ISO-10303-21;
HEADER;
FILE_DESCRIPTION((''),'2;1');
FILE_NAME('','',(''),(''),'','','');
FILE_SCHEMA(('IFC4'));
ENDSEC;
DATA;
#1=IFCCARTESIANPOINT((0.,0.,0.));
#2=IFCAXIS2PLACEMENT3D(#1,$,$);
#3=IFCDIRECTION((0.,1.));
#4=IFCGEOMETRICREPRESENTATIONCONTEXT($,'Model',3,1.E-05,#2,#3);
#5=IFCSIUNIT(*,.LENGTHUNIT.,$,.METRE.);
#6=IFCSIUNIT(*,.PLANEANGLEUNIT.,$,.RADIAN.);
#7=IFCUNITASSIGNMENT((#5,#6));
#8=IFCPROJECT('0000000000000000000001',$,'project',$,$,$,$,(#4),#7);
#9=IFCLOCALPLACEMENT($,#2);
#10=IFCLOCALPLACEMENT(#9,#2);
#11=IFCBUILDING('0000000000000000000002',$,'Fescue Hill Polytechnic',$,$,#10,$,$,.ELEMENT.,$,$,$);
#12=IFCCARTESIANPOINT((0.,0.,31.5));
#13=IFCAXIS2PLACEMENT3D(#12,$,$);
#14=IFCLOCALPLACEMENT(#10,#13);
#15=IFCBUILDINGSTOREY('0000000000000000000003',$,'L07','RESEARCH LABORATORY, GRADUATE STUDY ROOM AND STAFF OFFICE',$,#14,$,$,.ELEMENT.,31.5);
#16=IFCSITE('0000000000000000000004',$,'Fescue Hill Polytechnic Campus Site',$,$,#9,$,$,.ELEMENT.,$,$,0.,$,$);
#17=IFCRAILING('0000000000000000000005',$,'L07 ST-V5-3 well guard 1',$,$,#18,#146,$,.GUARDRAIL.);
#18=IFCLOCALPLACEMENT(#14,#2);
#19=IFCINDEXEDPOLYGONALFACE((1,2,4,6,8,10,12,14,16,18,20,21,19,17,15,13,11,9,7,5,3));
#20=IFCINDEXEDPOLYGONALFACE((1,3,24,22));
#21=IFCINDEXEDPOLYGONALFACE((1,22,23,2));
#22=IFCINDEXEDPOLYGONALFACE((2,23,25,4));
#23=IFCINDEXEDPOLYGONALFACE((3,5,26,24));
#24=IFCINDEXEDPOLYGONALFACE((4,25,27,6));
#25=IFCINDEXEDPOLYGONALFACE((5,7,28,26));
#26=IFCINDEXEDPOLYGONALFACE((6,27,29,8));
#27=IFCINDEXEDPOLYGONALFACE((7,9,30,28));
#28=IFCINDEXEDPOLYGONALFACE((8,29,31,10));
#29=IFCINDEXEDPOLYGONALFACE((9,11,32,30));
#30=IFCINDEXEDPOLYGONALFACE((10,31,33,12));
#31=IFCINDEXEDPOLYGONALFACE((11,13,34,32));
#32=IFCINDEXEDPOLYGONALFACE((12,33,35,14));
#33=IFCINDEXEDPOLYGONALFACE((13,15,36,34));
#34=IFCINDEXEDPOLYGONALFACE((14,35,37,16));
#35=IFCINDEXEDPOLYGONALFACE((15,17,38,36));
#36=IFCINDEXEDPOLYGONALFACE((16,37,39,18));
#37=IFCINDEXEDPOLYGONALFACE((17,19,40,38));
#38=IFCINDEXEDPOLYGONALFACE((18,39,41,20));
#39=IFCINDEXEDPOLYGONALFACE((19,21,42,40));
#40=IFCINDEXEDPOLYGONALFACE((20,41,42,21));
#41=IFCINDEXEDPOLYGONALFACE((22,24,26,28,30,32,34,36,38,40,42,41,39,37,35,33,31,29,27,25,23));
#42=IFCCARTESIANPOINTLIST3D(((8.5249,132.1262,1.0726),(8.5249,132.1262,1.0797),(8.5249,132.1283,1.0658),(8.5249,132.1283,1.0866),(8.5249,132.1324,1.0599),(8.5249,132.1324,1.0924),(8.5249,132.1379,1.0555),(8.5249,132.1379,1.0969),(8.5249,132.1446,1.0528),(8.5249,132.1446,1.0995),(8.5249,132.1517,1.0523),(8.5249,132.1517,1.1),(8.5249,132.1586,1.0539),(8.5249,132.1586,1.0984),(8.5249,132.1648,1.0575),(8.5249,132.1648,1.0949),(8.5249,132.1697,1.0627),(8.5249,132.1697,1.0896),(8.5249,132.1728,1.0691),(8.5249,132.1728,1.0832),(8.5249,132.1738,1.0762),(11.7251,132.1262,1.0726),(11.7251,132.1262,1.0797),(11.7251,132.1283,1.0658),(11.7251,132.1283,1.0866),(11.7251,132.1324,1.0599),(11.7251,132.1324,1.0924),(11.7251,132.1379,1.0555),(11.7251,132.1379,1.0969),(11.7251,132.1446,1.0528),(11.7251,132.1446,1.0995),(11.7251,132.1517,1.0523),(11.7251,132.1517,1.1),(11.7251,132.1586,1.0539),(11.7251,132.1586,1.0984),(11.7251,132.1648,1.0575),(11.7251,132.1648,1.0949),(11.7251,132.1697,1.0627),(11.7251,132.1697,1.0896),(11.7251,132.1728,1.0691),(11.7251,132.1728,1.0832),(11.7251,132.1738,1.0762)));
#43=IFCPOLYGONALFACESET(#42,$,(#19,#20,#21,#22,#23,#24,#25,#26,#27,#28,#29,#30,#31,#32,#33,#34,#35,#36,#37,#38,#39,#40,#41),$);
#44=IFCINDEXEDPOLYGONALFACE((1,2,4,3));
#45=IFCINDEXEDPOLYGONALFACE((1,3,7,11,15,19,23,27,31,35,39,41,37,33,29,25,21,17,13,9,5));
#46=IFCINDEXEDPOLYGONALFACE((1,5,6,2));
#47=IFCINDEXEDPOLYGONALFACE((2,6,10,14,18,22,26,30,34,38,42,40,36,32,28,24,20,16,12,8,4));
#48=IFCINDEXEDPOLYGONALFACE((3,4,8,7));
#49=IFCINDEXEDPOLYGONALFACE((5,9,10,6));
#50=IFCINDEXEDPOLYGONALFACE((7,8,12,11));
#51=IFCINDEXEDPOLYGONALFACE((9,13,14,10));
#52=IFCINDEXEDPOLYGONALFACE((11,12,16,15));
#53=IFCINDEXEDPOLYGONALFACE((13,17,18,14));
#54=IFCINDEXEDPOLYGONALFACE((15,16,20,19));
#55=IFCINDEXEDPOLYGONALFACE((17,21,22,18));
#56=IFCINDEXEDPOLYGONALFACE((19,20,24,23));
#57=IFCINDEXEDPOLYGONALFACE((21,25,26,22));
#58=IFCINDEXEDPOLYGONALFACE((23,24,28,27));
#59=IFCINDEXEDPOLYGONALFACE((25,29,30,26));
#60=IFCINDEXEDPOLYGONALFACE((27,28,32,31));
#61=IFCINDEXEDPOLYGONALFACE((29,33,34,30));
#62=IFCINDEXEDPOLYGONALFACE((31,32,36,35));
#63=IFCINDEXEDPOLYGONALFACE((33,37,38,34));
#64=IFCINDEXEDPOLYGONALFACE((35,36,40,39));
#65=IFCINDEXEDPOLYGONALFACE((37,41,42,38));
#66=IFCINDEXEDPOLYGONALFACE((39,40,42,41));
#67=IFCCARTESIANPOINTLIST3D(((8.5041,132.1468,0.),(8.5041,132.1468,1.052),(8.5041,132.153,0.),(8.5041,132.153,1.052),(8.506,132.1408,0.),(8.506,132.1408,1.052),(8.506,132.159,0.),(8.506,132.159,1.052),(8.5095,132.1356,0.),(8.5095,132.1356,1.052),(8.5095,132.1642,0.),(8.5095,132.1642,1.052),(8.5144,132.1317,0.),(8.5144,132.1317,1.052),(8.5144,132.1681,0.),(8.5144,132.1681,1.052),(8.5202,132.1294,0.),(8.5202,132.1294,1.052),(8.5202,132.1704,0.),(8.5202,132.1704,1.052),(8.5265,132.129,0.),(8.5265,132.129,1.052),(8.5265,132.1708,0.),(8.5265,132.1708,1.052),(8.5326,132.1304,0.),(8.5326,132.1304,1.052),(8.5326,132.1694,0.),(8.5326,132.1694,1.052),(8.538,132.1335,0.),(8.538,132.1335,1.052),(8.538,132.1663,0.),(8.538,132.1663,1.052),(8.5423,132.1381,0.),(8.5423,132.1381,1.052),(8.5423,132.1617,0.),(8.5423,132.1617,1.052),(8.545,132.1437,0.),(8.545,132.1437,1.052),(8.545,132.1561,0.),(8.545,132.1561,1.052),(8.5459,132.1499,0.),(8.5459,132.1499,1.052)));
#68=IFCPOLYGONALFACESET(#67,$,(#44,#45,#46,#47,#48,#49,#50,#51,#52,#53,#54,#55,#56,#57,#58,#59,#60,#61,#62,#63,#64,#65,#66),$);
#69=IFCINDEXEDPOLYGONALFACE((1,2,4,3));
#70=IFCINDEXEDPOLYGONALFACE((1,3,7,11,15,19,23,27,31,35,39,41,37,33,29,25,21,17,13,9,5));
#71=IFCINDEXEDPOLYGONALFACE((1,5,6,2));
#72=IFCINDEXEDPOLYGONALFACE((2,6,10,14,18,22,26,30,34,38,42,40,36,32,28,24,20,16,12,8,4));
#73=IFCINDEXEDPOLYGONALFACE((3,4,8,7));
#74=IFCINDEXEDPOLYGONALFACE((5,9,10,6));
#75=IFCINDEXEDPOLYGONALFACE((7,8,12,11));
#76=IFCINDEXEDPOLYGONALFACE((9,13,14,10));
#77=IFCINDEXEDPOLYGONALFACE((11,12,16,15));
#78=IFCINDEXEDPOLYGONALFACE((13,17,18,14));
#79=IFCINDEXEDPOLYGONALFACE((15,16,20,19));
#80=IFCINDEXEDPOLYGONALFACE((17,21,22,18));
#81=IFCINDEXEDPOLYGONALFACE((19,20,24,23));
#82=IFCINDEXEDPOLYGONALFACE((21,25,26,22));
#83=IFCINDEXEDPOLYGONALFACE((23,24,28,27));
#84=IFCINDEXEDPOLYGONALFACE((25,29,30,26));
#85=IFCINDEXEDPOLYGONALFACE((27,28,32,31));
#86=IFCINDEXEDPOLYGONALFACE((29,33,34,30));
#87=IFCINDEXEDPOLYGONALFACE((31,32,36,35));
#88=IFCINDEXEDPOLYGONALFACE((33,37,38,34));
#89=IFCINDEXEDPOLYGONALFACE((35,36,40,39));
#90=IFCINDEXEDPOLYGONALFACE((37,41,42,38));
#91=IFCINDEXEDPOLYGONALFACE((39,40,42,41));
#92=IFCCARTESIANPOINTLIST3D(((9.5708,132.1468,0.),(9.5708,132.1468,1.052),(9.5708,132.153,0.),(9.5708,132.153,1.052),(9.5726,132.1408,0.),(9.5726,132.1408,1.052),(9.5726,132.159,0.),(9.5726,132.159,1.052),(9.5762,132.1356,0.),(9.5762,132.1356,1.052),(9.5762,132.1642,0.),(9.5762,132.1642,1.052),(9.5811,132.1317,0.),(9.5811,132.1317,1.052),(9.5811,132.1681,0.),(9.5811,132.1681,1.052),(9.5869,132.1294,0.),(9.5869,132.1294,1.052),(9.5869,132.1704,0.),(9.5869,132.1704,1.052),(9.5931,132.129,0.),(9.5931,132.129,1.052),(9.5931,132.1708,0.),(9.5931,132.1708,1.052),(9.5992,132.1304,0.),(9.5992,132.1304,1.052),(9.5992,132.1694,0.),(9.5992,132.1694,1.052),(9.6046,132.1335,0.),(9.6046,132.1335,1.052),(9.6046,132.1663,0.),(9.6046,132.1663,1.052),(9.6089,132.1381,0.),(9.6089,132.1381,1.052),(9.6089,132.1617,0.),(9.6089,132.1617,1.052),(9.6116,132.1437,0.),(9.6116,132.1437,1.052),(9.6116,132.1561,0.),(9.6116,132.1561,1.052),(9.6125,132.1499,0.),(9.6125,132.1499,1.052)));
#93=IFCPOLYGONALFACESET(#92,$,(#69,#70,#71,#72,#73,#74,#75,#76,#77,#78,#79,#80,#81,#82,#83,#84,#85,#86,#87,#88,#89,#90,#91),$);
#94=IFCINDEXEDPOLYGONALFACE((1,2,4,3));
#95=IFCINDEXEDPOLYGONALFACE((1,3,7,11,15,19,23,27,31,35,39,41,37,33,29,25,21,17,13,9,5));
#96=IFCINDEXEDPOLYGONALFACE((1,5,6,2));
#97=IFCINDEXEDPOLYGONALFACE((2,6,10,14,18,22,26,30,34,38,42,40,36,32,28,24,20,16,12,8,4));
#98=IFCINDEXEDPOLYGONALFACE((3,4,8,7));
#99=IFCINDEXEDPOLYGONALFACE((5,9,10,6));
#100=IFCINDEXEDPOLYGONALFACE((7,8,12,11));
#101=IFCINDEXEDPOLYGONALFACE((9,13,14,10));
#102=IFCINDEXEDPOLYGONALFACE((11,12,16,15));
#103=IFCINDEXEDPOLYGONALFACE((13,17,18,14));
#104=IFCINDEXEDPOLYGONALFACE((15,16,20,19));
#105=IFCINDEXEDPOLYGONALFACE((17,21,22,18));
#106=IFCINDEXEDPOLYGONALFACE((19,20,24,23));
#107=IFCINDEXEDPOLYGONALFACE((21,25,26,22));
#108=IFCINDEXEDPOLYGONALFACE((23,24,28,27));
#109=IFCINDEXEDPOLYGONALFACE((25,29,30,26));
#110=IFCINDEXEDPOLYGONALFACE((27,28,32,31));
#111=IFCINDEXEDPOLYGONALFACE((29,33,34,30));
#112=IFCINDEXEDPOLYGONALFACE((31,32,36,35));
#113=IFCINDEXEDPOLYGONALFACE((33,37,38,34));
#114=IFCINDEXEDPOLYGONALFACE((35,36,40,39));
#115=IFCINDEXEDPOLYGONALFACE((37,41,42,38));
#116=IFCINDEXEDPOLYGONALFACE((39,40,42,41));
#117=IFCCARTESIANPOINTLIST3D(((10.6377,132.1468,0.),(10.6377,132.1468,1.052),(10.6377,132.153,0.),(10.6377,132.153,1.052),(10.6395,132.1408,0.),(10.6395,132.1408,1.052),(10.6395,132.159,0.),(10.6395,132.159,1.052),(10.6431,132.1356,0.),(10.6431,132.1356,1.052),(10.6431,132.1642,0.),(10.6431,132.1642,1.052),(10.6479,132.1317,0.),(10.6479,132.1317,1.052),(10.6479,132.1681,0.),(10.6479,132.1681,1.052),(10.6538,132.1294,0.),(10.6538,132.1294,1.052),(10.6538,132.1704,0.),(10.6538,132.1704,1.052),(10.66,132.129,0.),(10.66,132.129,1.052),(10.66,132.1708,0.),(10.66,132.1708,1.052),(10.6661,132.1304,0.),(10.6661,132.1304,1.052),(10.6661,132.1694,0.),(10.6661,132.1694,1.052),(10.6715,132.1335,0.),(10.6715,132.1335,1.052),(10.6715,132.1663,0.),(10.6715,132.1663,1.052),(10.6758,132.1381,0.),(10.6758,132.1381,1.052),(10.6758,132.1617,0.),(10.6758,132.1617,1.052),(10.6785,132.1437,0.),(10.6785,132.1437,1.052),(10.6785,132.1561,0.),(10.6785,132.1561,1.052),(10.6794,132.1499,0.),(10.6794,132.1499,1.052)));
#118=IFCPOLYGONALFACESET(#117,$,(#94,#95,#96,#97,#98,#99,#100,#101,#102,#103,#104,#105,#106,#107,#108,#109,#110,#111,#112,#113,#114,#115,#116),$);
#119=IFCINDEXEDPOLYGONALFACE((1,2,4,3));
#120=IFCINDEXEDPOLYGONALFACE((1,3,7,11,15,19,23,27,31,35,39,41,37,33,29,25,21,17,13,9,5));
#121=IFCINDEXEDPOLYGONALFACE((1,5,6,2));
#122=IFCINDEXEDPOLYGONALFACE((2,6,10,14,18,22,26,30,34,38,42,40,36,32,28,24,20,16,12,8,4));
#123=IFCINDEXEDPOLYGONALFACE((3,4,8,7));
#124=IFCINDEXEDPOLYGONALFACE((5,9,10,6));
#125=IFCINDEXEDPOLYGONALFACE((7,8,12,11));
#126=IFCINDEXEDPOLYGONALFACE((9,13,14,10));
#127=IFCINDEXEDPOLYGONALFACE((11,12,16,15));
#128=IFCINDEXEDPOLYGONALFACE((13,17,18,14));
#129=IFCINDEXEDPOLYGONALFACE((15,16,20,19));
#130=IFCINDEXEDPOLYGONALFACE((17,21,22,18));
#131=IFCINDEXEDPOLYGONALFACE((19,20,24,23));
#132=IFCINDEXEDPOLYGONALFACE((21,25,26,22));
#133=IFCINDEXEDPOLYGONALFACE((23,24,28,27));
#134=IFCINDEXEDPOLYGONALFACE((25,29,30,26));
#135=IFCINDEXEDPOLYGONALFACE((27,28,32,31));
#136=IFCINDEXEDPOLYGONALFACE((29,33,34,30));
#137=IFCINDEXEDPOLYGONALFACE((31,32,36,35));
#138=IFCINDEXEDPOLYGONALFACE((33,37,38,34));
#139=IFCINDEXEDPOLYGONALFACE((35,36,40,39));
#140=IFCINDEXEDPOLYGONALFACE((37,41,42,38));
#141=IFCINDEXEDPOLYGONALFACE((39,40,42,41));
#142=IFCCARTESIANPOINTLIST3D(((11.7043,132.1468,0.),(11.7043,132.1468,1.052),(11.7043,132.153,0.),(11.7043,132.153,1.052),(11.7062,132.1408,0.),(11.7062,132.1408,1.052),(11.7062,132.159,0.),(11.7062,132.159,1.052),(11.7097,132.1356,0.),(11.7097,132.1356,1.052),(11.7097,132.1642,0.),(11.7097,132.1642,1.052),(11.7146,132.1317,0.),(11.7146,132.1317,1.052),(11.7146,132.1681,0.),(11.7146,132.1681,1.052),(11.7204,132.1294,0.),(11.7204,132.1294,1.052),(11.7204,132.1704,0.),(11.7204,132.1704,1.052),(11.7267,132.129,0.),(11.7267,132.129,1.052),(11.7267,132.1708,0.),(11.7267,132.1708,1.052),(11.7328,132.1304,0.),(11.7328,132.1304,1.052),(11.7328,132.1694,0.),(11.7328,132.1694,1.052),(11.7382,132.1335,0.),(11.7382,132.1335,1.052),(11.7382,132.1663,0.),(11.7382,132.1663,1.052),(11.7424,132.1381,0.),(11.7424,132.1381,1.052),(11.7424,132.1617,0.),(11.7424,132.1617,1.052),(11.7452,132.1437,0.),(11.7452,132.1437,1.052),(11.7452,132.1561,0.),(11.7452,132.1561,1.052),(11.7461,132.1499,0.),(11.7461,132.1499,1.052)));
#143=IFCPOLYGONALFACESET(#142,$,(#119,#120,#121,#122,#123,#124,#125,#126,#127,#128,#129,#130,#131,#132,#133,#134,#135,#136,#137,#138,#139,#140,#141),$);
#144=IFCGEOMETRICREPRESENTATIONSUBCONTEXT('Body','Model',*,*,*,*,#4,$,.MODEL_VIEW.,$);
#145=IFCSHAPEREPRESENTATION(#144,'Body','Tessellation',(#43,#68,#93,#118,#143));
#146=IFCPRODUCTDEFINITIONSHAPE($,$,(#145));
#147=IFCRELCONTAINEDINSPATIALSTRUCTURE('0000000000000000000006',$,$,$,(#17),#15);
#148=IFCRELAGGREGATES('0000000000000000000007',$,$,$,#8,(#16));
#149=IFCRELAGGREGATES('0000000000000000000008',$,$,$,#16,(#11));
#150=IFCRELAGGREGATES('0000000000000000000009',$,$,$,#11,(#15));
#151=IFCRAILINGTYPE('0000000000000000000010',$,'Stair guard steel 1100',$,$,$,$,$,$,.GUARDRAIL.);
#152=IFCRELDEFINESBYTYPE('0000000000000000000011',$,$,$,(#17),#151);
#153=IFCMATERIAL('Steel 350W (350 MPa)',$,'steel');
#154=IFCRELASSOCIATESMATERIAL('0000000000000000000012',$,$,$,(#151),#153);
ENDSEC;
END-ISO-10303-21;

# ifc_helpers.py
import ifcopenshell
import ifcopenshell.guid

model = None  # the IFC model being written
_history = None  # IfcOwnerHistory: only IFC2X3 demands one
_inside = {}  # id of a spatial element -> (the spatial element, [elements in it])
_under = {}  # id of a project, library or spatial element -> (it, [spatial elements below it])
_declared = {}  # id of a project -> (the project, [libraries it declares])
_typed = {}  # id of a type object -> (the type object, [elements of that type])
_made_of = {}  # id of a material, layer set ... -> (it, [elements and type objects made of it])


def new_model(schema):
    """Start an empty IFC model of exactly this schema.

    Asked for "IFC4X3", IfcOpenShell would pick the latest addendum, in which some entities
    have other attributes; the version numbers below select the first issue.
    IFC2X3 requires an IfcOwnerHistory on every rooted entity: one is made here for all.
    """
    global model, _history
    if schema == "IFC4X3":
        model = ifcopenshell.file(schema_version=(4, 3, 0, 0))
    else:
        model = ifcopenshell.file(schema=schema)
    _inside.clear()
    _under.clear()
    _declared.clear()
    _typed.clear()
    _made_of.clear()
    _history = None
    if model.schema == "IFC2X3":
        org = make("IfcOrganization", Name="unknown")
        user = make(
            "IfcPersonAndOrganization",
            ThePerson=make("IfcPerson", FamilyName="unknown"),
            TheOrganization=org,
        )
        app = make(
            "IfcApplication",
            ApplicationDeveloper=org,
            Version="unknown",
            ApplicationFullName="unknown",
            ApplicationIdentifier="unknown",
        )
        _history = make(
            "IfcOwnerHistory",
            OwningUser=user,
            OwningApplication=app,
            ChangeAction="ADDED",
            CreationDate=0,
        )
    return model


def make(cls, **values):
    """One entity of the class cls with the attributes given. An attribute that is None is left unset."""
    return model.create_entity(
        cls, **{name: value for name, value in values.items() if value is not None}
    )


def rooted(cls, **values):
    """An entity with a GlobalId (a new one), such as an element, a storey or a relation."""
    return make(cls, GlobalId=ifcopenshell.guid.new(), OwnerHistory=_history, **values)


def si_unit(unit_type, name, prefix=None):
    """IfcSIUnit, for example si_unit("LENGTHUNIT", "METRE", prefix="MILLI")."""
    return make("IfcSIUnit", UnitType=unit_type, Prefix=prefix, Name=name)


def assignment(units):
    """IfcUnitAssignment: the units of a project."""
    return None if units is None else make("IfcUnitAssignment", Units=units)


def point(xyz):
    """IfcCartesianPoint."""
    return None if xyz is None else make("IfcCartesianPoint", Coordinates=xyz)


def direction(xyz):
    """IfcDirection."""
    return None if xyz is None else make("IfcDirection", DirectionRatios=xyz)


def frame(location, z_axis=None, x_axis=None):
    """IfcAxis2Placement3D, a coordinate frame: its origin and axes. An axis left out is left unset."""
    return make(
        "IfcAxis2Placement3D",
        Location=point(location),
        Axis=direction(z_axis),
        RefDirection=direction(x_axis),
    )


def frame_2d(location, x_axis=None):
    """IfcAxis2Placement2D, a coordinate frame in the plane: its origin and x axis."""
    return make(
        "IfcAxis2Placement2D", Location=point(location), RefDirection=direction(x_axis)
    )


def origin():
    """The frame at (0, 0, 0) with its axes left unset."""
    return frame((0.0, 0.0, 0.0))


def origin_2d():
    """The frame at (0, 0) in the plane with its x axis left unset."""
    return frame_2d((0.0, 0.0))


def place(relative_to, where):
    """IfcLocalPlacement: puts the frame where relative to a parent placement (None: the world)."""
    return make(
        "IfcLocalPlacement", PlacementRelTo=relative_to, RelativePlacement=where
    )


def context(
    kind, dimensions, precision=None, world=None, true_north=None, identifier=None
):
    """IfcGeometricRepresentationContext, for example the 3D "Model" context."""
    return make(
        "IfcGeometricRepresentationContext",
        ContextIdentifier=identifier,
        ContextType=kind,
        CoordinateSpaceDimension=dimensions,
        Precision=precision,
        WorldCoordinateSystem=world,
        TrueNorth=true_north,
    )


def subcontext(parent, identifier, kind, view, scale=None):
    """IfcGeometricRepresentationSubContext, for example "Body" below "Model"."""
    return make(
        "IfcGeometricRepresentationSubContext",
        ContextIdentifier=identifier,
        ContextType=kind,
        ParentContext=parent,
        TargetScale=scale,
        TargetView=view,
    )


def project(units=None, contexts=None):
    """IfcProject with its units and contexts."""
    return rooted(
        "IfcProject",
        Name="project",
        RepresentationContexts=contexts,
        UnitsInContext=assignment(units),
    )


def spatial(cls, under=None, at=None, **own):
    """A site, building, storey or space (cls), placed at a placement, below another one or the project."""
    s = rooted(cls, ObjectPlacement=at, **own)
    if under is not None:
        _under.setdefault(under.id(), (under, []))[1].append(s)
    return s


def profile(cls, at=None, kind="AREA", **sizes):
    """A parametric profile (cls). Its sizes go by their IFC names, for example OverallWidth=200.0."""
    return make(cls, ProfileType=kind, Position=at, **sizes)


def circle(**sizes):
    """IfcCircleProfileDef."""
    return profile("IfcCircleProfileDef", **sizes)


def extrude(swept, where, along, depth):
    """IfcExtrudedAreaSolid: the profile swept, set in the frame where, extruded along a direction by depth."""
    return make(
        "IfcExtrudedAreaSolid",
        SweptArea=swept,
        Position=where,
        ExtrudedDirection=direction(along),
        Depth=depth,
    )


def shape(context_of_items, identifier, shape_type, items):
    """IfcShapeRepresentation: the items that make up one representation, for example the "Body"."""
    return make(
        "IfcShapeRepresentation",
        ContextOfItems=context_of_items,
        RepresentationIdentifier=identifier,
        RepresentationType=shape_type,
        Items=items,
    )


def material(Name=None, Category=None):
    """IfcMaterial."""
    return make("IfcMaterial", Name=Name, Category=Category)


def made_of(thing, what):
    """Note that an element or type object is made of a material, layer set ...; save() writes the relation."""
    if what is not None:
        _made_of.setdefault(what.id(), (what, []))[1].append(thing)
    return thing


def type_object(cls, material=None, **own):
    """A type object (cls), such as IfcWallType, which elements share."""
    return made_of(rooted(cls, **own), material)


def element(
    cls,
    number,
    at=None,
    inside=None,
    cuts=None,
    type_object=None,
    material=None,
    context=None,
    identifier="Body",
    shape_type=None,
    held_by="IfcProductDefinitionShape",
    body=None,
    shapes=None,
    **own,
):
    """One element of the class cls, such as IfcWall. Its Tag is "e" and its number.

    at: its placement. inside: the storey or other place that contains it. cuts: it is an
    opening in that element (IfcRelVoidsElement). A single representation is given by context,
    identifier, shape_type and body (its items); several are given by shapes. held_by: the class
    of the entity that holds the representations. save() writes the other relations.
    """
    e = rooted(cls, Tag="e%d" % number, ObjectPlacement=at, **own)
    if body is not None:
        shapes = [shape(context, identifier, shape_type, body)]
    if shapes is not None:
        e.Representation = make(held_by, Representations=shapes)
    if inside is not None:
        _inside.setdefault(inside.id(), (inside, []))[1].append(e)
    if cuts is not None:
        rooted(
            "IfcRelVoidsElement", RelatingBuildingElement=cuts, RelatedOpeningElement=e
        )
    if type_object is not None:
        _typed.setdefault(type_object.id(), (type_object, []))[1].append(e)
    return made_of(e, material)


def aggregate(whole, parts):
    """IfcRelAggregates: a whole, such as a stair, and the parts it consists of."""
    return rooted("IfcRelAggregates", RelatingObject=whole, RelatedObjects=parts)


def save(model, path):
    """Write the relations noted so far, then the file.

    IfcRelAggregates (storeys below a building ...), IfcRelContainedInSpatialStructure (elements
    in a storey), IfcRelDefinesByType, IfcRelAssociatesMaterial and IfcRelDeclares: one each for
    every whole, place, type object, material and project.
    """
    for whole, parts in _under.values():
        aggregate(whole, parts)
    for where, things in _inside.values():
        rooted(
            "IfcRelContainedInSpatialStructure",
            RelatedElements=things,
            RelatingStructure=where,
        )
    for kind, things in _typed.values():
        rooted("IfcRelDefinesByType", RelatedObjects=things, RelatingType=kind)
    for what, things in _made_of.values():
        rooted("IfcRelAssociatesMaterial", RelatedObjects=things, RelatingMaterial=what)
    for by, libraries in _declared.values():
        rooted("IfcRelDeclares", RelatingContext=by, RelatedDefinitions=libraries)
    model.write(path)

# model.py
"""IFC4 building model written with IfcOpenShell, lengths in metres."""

from ifc_helpers import new_model, si_unit, direction, frame, origin, origin_2d, place, context, subcontext, project, spatial, circle, extrude, material, type_object, element, save


model = new_model("IFC4")

# Units and contexts
model_context = context("Model", 3, precision=1e-05, world=origin(), true_north=direction((0.0, 1.0)))
body_context = subcontext(model_context, "Body", "Model", "MODEL_VIEW")
ifc_project = project(units=[si_unit("LENGTHUNIT", "METRE"), si_unit("PLANEANGLEUNIT", "RADIAN")], contexts=[model_context])

# Site, building, storey
site_placement = place(None, origin())
site = spatial("IfcSite", under=ifc_project, at=site_placement, Name="Fescue Hill Polytechnic Campus Site", CompositionType="ELEMENT", RefElevation=0.0)
building_placement = place(site_placement, origin())
building = spatial("IfcBuilding", under=site, at=building_placement, Name="Fescue Hill Polytechnic", CompositionType="ELEMENT")
storey_placement = place(building_placement, frame((0.0, 0.0, 31.5)))
storey = spatial("IfcBuildingStorey", under=building, at=storey_placement, Name="L07", Description="RESEARCH LABORATORY, GRADUATE STUDY ROOM AND STAFF OFFICE", CompositionType="ELEMENT", Elevation=31.5)

# Railing
ifc_material_1 = material(Name="Steel 350W (350 MPa)", Category="steel")
railing_type = type_object("IfcRailingType", Name="Stair guard steel 1100", PredefinedType="GUARDRAIL", material=ifc_material_1)
railing_placement = place(storey_placement, frame((8.5249, 132.1499, 0.0)))
element("IfcRailing", 1, at=railing_placement, inside=storey, type_object=railing_type, Name="L07 ST-V5-3 well guard 1", PredefinedType="GUARDRAIL", context=body_context, shape_type="SweptSolid", body=[
    extrude(circle(Radius=0.0239, at=origin_2d()), frame((0.0, 0.0, 1.0762), z_axis=(1.0, 0.0, 0.0), x_axis=(0.0, 1.0, 0.0)), (0.0, 0.0, 1.0), 3.2002),
    extrude(circle(Radius=0.021, at=origin_2d()), origin(), (0.0, 0.0, 1.0), 1.052),
    extrude(circle(Radius=0.021, at=origin_2d()), frame((1.0667, 0.0, 0.0)), (0.0, 0.0, 1.0), 1.052),
    extrude(circle(Radius=0.021, at=origin_2d()), frame((2.1335, 0.0, 0.0)), (0.0, 0.0, 1.0), 1.052),
    extrude(circle(Radius=0.021, at=origin_2d()), frame((3.2002, 0.0, 0.0)), (0.0, 0.0, 1.0), 1.052),
])

save(model, "model.ifc")
